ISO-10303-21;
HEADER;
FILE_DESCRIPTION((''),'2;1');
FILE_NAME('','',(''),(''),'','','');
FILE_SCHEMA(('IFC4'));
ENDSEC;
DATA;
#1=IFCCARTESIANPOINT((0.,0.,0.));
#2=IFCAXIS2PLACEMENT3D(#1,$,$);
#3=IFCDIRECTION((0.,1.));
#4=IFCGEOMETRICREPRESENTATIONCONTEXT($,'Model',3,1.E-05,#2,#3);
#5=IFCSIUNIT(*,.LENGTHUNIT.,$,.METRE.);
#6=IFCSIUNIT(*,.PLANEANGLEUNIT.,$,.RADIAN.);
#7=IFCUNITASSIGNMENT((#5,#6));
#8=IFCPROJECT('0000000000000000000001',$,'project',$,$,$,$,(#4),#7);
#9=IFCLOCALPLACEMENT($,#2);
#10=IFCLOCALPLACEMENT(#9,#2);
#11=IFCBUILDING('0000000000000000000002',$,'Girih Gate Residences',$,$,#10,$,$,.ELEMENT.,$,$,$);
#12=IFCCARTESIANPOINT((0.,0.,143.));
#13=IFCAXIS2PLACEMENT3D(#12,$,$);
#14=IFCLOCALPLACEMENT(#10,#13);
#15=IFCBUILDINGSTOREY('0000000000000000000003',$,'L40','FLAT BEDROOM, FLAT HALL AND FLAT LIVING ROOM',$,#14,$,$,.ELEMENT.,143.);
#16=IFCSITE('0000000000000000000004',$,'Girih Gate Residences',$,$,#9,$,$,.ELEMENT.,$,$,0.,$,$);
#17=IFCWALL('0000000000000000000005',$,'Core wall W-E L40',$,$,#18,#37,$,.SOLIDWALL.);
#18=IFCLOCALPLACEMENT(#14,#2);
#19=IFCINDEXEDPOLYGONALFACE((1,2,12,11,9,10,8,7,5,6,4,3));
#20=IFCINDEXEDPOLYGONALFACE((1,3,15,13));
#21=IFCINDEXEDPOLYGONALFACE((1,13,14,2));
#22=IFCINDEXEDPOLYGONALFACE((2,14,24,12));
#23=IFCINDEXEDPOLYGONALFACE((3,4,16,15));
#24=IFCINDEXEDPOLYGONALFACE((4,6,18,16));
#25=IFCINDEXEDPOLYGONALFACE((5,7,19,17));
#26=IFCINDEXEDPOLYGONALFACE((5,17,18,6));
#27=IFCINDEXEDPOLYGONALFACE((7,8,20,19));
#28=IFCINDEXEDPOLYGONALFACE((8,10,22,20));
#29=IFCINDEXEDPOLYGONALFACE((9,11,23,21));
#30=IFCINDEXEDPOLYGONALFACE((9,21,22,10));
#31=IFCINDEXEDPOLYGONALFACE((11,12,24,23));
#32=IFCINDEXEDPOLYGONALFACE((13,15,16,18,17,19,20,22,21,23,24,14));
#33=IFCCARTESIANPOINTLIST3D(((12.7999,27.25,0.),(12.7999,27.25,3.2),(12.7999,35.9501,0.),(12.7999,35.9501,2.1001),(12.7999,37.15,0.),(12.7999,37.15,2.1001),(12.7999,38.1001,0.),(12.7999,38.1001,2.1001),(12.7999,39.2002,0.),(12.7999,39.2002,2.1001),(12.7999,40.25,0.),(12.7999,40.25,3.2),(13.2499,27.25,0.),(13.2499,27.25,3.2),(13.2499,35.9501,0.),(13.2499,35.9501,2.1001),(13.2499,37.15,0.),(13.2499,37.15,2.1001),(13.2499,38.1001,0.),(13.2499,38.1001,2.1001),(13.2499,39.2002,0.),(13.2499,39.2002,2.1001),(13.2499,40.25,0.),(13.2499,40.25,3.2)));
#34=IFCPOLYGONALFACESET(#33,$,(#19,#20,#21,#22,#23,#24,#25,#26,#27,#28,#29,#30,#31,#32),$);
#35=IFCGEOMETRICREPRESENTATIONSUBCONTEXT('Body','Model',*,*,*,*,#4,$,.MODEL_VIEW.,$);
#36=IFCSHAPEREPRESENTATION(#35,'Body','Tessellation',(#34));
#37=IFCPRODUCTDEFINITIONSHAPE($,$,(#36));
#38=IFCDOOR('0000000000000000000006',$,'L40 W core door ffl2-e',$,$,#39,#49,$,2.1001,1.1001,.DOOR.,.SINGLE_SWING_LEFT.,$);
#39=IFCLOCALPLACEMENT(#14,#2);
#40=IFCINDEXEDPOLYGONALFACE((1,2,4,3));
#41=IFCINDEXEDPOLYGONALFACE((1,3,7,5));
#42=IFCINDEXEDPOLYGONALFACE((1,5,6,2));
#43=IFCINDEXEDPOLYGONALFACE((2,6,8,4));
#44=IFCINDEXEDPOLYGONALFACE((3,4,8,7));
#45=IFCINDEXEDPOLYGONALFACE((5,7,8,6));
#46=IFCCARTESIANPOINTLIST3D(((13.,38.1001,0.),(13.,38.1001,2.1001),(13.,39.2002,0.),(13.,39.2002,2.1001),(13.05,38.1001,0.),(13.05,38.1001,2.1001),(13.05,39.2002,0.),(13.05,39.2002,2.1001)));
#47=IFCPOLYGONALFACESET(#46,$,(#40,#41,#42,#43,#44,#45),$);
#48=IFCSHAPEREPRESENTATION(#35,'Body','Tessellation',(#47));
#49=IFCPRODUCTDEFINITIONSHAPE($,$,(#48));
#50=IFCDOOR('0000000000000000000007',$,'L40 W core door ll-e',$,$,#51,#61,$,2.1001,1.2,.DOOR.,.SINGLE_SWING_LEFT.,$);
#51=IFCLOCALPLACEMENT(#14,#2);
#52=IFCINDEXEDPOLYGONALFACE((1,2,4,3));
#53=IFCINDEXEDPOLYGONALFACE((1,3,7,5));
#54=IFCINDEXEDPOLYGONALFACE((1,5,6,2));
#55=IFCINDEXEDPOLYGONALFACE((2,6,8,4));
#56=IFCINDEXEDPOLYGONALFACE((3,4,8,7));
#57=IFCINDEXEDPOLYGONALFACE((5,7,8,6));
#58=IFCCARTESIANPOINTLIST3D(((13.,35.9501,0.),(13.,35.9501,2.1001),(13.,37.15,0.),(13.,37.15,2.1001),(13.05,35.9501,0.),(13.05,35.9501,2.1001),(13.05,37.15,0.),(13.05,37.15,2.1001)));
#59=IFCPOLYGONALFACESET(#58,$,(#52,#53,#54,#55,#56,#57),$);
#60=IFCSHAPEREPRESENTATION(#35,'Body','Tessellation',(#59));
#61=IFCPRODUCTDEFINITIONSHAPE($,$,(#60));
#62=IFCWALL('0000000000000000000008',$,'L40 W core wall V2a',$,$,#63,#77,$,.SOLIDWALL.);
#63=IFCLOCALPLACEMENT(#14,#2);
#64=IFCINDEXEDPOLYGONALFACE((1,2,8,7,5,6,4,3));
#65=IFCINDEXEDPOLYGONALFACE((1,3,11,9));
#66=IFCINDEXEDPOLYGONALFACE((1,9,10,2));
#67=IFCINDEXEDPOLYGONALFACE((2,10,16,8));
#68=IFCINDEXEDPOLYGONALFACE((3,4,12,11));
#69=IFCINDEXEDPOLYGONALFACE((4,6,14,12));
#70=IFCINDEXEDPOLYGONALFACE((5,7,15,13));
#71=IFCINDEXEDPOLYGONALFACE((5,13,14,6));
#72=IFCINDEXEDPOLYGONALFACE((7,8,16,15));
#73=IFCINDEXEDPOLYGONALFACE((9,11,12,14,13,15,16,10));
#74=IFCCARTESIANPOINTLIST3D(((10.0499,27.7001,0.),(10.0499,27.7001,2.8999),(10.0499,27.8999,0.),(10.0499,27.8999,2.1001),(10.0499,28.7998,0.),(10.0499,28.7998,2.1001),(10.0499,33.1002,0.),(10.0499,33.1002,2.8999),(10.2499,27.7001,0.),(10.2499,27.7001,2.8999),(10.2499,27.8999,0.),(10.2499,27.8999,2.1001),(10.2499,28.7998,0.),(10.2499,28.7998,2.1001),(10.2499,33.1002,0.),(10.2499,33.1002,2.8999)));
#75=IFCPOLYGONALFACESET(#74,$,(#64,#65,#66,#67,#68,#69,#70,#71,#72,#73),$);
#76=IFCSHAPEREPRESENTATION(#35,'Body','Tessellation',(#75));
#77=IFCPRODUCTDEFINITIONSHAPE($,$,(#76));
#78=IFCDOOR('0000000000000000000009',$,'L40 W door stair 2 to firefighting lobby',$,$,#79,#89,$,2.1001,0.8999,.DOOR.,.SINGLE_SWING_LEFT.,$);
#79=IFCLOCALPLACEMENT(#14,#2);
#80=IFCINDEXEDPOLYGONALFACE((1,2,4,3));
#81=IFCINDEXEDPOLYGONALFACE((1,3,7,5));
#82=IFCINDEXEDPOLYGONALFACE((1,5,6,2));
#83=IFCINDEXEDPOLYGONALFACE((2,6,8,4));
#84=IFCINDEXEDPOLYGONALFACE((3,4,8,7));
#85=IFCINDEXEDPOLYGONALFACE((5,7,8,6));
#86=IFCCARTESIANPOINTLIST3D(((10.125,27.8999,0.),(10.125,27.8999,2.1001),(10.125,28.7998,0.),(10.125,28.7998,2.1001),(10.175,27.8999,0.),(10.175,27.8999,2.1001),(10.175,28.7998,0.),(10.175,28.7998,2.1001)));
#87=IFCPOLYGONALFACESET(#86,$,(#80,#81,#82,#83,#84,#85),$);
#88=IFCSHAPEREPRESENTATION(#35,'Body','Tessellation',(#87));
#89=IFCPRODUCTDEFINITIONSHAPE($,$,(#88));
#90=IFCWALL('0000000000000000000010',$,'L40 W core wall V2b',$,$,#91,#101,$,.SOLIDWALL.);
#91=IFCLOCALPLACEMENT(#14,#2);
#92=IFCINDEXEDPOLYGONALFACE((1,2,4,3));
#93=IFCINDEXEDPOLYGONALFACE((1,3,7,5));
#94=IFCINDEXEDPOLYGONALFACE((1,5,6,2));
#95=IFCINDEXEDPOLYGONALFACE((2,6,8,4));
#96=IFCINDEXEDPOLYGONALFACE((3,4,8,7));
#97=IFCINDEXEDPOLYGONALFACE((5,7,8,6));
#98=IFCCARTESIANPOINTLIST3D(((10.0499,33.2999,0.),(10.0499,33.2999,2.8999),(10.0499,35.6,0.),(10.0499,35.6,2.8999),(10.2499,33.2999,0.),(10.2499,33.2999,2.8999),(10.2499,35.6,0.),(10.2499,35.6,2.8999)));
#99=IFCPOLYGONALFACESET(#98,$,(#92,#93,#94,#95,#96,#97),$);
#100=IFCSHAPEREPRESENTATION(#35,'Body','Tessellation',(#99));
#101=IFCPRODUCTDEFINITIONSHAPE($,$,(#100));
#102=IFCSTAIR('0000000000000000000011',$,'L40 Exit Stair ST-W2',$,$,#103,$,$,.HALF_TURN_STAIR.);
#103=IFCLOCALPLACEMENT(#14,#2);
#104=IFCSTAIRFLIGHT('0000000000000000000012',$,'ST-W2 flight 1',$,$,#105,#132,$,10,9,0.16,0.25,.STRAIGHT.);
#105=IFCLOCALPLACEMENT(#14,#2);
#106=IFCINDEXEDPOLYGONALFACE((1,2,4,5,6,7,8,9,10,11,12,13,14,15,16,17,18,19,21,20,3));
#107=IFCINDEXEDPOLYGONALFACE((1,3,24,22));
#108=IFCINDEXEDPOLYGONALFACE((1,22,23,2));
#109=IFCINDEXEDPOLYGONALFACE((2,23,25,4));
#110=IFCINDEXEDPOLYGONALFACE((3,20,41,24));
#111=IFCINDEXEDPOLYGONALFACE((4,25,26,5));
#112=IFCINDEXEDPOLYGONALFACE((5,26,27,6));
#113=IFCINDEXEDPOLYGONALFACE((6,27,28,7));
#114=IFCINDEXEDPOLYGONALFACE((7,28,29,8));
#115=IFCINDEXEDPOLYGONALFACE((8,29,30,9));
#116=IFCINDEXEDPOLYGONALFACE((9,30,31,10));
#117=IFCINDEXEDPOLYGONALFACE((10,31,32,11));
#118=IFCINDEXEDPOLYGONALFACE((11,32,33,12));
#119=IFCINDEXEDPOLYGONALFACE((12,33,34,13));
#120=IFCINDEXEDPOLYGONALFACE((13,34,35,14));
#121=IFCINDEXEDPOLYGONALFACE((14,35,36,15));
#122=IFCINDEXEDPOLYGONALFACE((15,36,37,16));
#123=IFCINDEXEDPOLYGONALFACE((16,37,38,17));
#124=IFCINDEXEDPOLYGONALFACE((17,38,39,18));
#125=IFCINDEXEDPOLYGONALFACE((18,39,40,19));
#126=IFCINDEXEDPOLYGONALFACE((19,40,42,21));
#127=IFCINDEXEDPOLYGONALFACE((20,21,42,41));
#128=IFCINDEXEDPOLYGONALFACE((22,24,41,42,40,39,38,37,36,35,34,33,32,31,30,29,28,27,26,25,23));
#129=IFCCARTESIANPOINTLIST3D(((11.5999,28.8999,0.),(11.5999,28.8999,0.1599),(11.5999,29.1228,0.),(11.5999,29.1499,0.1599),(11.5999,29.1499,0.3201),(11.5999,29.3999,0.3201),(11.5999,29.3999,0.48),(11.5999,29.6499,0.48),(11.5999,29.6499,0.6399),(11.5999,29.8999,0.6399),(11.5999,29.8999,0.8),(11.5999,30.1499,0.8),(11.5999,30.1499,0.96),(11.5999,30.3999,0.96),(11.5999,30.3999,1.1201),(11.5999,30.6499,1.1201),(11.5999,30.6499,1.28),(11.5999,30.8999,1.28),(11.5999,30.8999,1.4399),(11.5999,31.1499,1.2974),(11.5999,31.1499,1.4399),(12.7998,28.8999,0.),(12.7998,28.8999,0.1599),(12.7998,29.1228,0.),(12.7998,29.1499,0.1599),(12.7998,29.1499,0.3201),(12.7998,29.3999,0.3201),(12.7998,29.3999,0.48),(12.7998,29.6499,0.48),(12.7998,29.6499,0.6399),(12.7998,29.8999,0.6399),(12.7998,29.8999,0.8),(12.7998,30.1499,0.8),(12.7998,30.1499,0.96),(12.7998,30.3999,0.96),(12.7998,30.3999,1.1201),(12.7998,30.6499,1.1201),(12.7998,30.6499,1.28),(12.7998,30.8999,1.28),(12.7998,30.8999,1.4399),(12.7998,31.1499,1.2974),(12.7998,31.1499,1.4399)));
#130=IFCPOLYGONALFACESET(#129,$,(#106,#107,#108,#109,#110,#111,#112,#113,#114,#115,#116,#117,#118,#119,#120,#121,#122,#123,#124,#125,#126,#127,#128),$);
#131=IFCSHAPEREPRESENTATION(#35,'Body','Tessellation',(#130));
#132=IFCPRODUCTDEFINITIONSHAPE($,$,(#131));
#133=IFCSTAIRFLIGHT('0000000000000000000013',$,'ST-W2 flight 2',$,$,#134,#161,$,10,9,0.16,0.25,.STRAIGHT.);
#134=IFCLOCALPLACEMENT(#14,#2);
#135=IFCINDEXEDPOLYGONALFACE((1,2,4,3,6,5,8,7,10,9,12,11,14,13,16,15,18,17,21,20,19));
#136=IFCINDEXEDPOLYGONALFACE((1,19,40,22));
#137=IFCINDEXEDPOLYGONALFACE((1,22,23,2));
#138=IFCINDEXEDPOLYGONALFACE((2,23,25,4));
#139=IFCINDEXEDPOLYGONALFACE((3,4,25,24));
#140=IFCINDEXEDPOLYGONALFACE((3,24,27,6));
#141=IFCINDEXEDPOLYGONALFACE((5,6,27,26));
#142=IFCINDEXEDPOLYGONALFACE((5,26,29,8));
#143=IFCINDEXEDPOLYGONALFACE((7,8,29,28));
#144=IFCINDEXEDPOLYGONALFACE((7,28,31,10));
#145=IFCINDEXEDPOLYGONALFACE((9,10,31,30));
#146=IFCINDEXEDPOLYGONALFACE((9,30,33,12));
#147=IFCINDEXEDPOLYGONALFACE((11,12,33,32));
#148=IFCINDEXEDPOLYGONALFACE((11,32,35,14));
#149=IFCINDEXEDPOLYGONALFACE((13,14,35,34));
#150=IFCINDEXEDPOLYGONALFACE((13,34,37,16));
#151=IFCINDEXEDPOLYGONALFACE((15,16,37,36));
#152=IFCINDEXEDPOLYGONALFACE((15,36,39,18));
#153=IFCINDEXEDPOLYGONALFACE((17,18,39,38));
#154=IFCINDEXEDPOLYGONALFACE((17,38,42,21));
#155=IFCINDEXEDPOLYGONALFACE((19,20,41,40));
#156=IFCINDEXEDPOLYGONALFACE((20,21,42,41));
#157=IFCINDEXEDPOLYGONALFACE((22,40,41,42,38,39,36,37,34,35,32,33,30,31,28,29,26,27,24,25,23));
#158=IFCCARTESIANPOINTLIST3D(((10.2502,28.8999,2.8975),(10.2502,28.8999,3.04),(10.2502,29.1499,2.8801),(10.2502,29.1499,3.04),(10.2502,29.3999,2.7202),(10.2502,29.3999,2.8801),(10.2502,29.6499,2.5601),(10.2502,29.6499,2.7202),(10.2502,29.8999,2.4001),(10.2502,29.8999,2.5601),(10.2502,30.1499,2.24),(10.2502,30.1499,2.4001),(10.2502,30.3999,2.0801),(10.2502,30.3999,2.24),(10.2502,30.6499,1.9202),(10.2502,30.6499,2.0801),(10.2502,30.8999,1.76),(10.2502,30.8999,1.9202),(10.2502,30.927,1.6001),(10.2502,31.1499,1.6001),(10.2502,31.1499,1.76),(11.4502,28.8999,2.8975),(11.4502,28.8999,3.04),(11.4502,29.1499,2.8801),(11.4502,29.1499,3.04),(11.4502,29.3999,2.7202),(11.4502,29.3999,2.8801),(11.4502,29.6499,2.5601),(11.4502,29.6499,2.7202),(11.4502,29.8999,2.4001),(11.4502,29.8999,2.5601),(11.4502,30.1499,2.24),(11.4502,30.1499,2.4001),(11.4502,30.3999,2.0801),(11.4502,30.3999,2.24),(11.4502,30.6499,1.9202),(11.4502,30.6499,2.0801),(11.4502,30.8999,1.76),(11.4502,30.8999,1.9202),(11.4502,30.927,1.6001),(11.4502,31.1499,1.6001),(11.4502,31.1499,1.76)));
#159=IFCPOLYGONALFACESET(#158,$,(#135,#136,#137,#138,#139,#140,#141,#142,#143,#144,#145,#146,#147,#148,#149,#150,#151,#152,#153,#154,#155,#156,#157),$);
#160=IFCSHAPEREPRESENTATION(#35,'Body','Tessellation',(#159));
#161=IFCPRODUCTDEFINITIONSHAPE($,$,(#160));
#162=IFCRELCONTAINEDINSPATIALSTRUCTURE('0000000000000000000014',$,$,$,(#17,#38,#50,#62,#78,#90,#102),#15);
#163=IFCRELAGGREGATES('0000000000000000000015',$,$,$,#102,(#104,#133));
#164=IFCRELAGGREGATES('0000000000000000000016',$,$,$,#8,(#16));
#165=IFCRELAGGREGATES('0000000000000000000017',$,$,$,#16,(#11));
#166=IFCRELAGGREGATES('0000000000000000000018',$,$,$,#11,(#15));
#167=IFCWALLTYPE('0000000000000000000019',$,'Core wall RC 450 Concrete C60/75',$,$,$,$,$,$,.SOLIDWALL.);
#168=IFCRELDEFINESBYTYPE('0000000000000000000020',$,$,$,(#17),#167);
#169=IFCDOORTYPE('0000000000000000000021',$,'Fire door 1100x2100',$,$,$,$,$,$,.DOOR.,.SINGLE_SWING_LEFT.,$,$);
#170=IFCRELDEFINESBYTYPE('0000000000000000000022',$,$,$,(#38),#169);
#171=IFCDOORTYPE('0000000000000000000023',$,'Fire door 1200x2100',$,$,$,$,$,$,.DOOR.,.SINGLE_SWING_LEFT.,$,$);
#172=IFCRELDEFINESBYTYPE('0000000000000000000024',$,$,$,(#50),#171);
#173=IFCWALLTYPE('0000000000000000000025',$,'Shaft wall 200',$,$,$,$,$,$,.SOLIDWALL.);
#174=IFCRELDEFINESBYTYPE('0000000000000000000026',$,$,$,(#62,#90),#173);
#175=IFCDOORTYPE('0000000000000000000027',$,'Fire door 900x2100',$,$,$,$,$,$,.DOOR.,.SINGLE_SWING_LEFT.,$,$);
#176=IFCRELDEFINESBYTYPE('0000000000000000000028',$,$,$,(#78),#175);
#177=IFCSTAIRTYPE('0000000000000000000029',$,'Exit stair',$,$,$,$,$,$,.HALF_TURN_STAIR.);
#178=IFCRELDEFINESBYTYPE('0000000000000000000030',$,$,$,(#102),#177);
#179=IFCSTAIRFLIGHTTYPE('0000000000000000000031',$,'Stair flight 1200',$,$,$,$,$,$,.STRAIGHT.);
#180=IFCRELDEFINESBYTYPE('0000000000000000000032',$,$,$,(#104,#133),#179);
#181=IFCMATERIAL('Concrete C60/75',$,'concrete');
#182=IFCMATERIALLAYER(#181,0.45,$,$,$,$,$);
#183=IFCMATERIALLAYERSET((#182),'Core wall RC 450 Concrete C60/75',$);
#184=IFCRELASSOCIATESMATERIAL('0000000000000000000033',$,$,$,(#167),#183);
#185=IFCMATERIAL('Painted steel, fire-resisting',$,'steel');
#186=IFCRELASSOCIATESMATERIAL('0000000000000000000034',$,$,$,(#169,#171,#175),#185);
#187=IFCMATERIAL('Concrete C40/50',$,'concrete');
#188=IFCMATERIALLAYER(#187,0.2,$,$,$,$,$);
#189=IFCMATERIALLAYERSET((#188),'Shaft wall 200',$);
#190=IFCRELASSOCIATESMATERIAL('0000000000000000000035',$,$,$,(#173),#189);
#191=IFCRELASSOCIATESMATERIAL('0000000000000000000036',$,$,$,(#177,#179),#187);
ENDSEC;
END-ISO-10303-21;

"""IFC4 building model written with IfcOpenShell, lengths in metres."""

from ifc_helpers import new_model, si_unit, direction, frame, frame_2d, origin, place, context, subcontext, project, spatial, polyline, rectangle, outline, extrude, material, layer, layer_set, type_object, element, fill, aggregate, save


model = new_model("IFC4")

# Units and contexts
model_context = context("Model", 3, precision=1e-05, world=origin(), true_north=direction((0.0, 1.0)))
body_context = subcontext(model_context, "Body", "Model", "MODEL_VIEW")
ifc_project = project(units=[si_unit("LENGTHUNIT", "METRE"), si_unit("PLANEANGLEUNIT", "RADIAN")], contexts=[model_context])

# Site, building, storey
site_placement = place(None, origin())
site = spatial("IfcSite", under=ifc_project, at=site_placement, Name="Girih Gate Residences", CompositionType="ELEMENT", RefElevation=0.0)
building_placement = place(site_placement, origin())
building = spatial("IfcBuilding", under=site, at=building_placement, Name="Girih Gate Residences", CompositionType="ELEMENT")
storey_placement = place(building_placement, frame((0.0, 0.0, 143.0)))
storey = spatial("IfcBuildingStorey", under=building, at=storey_placement, Name="L40", Description="FLAT BEDROOM, FLAT HALL AND FLAT LIVING ROOM", CompositionType="ELEMENT", Elevation=143.0)

# Shared definitions
ifc_material_1 = material(Name="Concrete C60/75", Category="concrete")

# Wall, openings, doors
ifc_layer_1 = layer(ifc_material_1, 0.45)
ifc_layer_set_1 = layer_set([ifc_layer_1], Name="Core wall RC 450 Concrete C60/75")
wall_type_1 = type_object("IfcWallType", Name="Core wall RC 450 Concrete C60/75", PredefinedType="SOLIDWALL", material=ifc_layer_set_1)
wall_1_placement = place(storey_placement, frame((13.0249, 27.25, 0.0), z_axis=(0.0, 0.0, 1.0), x_axis=(0.0, 1.0, 0.0)))
wall_1 = element("IfcWall", 1, at=wall_1_placement, inside=storey, type_object=wall_type_1, Name="Core wall W-E L40", PredefinedType="SOLIDWALL", context=body_context, shape_type="SweptSolid", body=[
    extrude(rectangle(XDim=13.0, YDim=0.45, at=frame_2d((6.5, 0.0))), origin(), (0.0, 0.0, 1.0), 3.2),
])
opening_1_placement = place(wall_1_placement, frame((10.8501, 0.0, 0.0)))
opening_1 = element("IfcOpeningElement", 2, at=opening_1_placement, cuts=wall_1, PredefinedType="OPENING", context=body_context, shape_type="SweptSolid", body=[
    extrude(rectangle(XDim=1.1001, YDim=2.1001, at=frame_2d((0.55, 1.05))), frame((0.0, 0.2349, 0.0), z_axis=(0.0, -1.0, 0.0), x_axis=(1.0, 0.0, 0.0)), (0.0, 0.0, 1.0), 0.47),
])
opening_2_placement = place(wall_1_placement, frame((8.7, 0.0, 0.0)))
opening_2 = element("IfcOpeningElement", 3, at=opening_2_placement, cuts=wall_1, PredefinedType="OPENING", context=body_context, shape_type="SweptSolid", body=[
    extrude(rectangle(XDim=1.2, YDim=2.1001, at=frame_2d((0.6001, 1.05))), frame((0.0, 0.2349, 0.0), z_axis=(0.0, -1.0, 0.0), x_axis=(1.0, 0.0, 0.0)), (0.0, 0.0, 1.0), 0.47),
])
ifc_material_2 = material(Name="Painted steel, fire-resisting", Category="steel")
door_type_1 = type_object("IfcDoorType", Name="Fire door 1100x2100", OperationType="SINGLE_SWING_LEFT", PredefinedType="DOOR", material=ifc_material_2)
door_1_placement = place(opening_1_placement, origin())
door_1 = element("IfcDoor", 4, at=door_1_placement, inside=storey, type_object=door_type_1, Name="L40 W core door ffl2-e", OperationType="SINGLE_SWING_LEFT", OverallHeight=2.1001, OverallWidth=1.1001, PredefinedType="DOOR", context=body_context, shape_type="SweptSolid", body=[
    extrude(rectangle(XDim=1.1001, YDim=2.1001, at=frame_2d((0.55, 1.05))), frame((0.0, 0.0249, 0.0), z_axis=(0.0, -1.0, 0.0), x_axis=(1.0, 0.0, 0.0)), (0.0, 0.0, 1.0), 0.05),
])
fill(opening_1, door_1)
door_type_2 = type_object("IfcDoorType", Name="Fire door 1200x2100", OperationType="SINGLE_SWING_LEFT", PredefinedType="DOOR", material=ifc_material_2)
door_2_placement = place(opening_2_placement, origin())
door_2 = element("IfcDoor", 5, at=door_2_placement, inside=storey, type_object=door_type_2, Name="L40 W core door ll-e", OperationType="SINGLE_SWING_LEFT", OverallHeight=2.1001, OverallWidth=1.2, PredefinedType="DOOR", context=body_context, shape_type="SweptSolid", body=[
    extrude(rectangle(XDim=1.2, YDim=2.1001, at=frame_2d((0.6001, 1.05))), frame((0.0, 0.0249, 0.0), z_axis=(0.0, -1.0, 0.0), x_axis=(1.0, 0.0, 0.0)), (0.0, 0.0, 1.0), 0.05),
])
fill(opening_2, door_2)

# Wall, opening, door
ifc_material_3 = material(Name="Concrete C40/50", Category="concrete")
ifc_layer_2 = layer(ifc_material_3, 0.2)
ifc_layer_set_2 = layer_set([ifc_layer_2], Name="Shaft wall 200")
wall_type_2 = type_object("IfcWallType", Name="Shaft wall 200", PredefinedType="SOLIDWALL", material=ifc_layer_set_2)
wall_2_placement = place(storey_placement, frame((10.1499, 27.7, 0.0), z_axis=(0.0, 0.0, 1.0), x_axis=(0.0, 1.0, 0.0)))
wall_2 = element("IfcWall", 6, at=wall_2_placement, inside=storey, type_object=wall_type_2, Name="L40 W core wall V2a", PredefinedType="SOLIDWALL", context=body_context, shape_type="SweptSolid", body=[
    extrude(rectangle(XDim=5.4001, YDim=0.2, at=frame_2d((2.7002, 0.0))), origin(), (0.0, 0.0, 1.0), 2.8999),
])
opening_3_placement = place(wall_2_placement, frame((0.2, 0.0, 0.0)))
opening_3 = element("IfcOpeningElement", 7, at=opening_3_placement, cuts=wall_2, PredefinedType="OPENING", context=body_context, shape_type="SweptSolid", body=[
    extrude(rectangle(XDim=0.8999, YDim=2.1001, at=frame_2d((0.45, 1.05))), frame((0.0, 0.1099, 0.0), z_axis=(0.0, -1.0, 0.0), x_axis=(1.0, 0.0, 0.0)), (0.0, 0.0, 1.0), 0.22),
])
door_type_3 = type_object("IfcDoorType", Name="Fire door 900x2100", OperationType="SINGLE_SWING_LEFT", PredefinedType="DOOR", material=ifc_material_2)
door_3_placement = place(opening_3_placement, origin())
door_3 = element("IfcDoor", 8, at=door_3_placement, inside=storey, type_object=door_type_3, Name="L40 W door stair 2 to firefighting lobby", OperationType="SINGLE_SWING_LEFT", OverallHeight=2.1001, OverallWidth=0.8999, PredefinedType="DOOR", context=body_context, shape_type="SweptSolid", body=[
    extrude(rectangle(XDim=0.8999, YDim=2.1001, at=frame_2d((0.45, 1.05))), frame((0.0, 0.0249, 0.0), z_axis=(0.0, -1.0, 0.0), x_axis=(1.0, 0.0, 0.0)), (0.0, 0.0, 1.0), 0.05),
])
fill(opening_3, door_3)

# Wall
wall_3_placement = place(storey_placement, frame((10.1499, 33.3, 0.0), z_axis=(0.0, 0.0, 1.0), x_axis=(0.0, 1.0, 0.0)))
element("IfcWall", 9, at=wall_3_placement, inside=storey, type_object=wall_type_2, Name="L40 W core wall V2b", PredefinedType="SOLIDWALL", context=body_context, shape_type="SweptSolid", body=[
    extrude(rectangle(XDim=2.3, YDim=0.2, at=frame_2d((1.1499, 0.0))), origin(), (0.0, 0.0, 1.0), 2.8999),
])

# Stair, stair flights
stair_type = type_object("IfcStairType", Name="Exit stair", PredefinedType="HALF_TURN_STAIR", material=ifc_material_3)
stair_placement = place(storey_placement, origin())
stair = element("IfcStair", 10, at=stair_placement, inside=storey, type_object=stair_type, Name="L40 Exit Stair ST-W2", PredefinedType="HALF_TURN_STAIR")
stair_flight_type = type_object("IfcStairFlightType", Name="Stair flight 1200", PredefinedType="STRAIGHT", material=ifc_material_3)
stair_flight_1_placement = place(storey_placement, frame((12.2, 28.8999, 0.0), z_axis=(0.0, 0.0, 1.0), x_axis=(0.0, 1.0, 0.0)))
stair_flight_1 = element("IfcStairFlight", 11, at=stair_flight_1_placement, type_object=stair_flight_type, Name="ST-W2 flight 1", NumberOfRisers=10, NumberOfTreads=9, PredefinedType="STRAIGHT", RiserHeight=0.16, TreadLength=0.25, context=body_context, shape_type="SweptSolid", body=[
    extrude(outline(polyline([(0.0, 0.0), (0.0, 0.1599), (0.25, 0.1599), (0.25, 0.3201), (0.5, 0.3201), (0.5, 0.48), (0.75, 0.48), (0.75, 0.6399), (1.0, 0.6399), (1.0, 0.8), (1.25, 0.8), (1.25, 0.96), (1.5, 0.96), (1.5, 1.1201), (1.75, 1.1201), (1.75, 1.28), (2.0, 1.28), (2.0, 1.4399), (2.25, 1.4399), (2.25, 1.6001), (2.25, 1.2974), (0.2229, 0.0), (0.0, 0.0)])), frame((0.0, 0.6001, 0.0), z_axis=(0.0, -1.0, 0.0), x_axis=(1.0, 0.0, 0.0)), (0.0, 0.0, 1.0), 1.2),
])
stair_flight_2_placement = place(storey_placement, frame((10.8501, 31.1499, 1.6001), z_axis=(0.0, 0.0, 1.0), x_axis=(0.0, -1.0, 0.0)))
stair_flight_2 = element("IfcStairFlight", 12, at=stair_flight_2_placement, type_object=stair_flight_type, Name="ST-W2 flight 2", NumberOfRisers=10, NumberOfTreads=9, PredefinedType="STRAIGHT", RiserHeight=0.16, TreadLength=0.25, context=body_context, shape_type="SweptSolid", body=[
    extrude(outline(polyline([(0.0, 0.0), (0.0, 0.1599), (0.25, 0.1599), (0.25, 0.3201), (0.5, 0.3201), (0.5, 0.48), (0.75, 0.48), (0.75, 0.6399), (1.0, 0.6399), (1.0, 0.8), (1.25, 0.8), (1.25, 0.96), (1.5, 0.96), (1.5, 1.1201), (1.75, 1.1201), (1.75, 1.28), (2.0, 1.28), (2.0, 1.4399), (2.25, 1.4399), (2.25, 1.6001), (2.25, 1.2974), (0.2229, 0.0), (0.0, 0.0)])), frame((0.0, 0.6001, 0.0), z_axis=(0.0, -1.0, 0.0), x_axis=(1.0, 0.0, 0.0)), (0.0, 0.0, 1.0), 1.2),
])
aggregate(stair, [stair_flight_1, stair_flight_2])

save(model, "model.ifc")
